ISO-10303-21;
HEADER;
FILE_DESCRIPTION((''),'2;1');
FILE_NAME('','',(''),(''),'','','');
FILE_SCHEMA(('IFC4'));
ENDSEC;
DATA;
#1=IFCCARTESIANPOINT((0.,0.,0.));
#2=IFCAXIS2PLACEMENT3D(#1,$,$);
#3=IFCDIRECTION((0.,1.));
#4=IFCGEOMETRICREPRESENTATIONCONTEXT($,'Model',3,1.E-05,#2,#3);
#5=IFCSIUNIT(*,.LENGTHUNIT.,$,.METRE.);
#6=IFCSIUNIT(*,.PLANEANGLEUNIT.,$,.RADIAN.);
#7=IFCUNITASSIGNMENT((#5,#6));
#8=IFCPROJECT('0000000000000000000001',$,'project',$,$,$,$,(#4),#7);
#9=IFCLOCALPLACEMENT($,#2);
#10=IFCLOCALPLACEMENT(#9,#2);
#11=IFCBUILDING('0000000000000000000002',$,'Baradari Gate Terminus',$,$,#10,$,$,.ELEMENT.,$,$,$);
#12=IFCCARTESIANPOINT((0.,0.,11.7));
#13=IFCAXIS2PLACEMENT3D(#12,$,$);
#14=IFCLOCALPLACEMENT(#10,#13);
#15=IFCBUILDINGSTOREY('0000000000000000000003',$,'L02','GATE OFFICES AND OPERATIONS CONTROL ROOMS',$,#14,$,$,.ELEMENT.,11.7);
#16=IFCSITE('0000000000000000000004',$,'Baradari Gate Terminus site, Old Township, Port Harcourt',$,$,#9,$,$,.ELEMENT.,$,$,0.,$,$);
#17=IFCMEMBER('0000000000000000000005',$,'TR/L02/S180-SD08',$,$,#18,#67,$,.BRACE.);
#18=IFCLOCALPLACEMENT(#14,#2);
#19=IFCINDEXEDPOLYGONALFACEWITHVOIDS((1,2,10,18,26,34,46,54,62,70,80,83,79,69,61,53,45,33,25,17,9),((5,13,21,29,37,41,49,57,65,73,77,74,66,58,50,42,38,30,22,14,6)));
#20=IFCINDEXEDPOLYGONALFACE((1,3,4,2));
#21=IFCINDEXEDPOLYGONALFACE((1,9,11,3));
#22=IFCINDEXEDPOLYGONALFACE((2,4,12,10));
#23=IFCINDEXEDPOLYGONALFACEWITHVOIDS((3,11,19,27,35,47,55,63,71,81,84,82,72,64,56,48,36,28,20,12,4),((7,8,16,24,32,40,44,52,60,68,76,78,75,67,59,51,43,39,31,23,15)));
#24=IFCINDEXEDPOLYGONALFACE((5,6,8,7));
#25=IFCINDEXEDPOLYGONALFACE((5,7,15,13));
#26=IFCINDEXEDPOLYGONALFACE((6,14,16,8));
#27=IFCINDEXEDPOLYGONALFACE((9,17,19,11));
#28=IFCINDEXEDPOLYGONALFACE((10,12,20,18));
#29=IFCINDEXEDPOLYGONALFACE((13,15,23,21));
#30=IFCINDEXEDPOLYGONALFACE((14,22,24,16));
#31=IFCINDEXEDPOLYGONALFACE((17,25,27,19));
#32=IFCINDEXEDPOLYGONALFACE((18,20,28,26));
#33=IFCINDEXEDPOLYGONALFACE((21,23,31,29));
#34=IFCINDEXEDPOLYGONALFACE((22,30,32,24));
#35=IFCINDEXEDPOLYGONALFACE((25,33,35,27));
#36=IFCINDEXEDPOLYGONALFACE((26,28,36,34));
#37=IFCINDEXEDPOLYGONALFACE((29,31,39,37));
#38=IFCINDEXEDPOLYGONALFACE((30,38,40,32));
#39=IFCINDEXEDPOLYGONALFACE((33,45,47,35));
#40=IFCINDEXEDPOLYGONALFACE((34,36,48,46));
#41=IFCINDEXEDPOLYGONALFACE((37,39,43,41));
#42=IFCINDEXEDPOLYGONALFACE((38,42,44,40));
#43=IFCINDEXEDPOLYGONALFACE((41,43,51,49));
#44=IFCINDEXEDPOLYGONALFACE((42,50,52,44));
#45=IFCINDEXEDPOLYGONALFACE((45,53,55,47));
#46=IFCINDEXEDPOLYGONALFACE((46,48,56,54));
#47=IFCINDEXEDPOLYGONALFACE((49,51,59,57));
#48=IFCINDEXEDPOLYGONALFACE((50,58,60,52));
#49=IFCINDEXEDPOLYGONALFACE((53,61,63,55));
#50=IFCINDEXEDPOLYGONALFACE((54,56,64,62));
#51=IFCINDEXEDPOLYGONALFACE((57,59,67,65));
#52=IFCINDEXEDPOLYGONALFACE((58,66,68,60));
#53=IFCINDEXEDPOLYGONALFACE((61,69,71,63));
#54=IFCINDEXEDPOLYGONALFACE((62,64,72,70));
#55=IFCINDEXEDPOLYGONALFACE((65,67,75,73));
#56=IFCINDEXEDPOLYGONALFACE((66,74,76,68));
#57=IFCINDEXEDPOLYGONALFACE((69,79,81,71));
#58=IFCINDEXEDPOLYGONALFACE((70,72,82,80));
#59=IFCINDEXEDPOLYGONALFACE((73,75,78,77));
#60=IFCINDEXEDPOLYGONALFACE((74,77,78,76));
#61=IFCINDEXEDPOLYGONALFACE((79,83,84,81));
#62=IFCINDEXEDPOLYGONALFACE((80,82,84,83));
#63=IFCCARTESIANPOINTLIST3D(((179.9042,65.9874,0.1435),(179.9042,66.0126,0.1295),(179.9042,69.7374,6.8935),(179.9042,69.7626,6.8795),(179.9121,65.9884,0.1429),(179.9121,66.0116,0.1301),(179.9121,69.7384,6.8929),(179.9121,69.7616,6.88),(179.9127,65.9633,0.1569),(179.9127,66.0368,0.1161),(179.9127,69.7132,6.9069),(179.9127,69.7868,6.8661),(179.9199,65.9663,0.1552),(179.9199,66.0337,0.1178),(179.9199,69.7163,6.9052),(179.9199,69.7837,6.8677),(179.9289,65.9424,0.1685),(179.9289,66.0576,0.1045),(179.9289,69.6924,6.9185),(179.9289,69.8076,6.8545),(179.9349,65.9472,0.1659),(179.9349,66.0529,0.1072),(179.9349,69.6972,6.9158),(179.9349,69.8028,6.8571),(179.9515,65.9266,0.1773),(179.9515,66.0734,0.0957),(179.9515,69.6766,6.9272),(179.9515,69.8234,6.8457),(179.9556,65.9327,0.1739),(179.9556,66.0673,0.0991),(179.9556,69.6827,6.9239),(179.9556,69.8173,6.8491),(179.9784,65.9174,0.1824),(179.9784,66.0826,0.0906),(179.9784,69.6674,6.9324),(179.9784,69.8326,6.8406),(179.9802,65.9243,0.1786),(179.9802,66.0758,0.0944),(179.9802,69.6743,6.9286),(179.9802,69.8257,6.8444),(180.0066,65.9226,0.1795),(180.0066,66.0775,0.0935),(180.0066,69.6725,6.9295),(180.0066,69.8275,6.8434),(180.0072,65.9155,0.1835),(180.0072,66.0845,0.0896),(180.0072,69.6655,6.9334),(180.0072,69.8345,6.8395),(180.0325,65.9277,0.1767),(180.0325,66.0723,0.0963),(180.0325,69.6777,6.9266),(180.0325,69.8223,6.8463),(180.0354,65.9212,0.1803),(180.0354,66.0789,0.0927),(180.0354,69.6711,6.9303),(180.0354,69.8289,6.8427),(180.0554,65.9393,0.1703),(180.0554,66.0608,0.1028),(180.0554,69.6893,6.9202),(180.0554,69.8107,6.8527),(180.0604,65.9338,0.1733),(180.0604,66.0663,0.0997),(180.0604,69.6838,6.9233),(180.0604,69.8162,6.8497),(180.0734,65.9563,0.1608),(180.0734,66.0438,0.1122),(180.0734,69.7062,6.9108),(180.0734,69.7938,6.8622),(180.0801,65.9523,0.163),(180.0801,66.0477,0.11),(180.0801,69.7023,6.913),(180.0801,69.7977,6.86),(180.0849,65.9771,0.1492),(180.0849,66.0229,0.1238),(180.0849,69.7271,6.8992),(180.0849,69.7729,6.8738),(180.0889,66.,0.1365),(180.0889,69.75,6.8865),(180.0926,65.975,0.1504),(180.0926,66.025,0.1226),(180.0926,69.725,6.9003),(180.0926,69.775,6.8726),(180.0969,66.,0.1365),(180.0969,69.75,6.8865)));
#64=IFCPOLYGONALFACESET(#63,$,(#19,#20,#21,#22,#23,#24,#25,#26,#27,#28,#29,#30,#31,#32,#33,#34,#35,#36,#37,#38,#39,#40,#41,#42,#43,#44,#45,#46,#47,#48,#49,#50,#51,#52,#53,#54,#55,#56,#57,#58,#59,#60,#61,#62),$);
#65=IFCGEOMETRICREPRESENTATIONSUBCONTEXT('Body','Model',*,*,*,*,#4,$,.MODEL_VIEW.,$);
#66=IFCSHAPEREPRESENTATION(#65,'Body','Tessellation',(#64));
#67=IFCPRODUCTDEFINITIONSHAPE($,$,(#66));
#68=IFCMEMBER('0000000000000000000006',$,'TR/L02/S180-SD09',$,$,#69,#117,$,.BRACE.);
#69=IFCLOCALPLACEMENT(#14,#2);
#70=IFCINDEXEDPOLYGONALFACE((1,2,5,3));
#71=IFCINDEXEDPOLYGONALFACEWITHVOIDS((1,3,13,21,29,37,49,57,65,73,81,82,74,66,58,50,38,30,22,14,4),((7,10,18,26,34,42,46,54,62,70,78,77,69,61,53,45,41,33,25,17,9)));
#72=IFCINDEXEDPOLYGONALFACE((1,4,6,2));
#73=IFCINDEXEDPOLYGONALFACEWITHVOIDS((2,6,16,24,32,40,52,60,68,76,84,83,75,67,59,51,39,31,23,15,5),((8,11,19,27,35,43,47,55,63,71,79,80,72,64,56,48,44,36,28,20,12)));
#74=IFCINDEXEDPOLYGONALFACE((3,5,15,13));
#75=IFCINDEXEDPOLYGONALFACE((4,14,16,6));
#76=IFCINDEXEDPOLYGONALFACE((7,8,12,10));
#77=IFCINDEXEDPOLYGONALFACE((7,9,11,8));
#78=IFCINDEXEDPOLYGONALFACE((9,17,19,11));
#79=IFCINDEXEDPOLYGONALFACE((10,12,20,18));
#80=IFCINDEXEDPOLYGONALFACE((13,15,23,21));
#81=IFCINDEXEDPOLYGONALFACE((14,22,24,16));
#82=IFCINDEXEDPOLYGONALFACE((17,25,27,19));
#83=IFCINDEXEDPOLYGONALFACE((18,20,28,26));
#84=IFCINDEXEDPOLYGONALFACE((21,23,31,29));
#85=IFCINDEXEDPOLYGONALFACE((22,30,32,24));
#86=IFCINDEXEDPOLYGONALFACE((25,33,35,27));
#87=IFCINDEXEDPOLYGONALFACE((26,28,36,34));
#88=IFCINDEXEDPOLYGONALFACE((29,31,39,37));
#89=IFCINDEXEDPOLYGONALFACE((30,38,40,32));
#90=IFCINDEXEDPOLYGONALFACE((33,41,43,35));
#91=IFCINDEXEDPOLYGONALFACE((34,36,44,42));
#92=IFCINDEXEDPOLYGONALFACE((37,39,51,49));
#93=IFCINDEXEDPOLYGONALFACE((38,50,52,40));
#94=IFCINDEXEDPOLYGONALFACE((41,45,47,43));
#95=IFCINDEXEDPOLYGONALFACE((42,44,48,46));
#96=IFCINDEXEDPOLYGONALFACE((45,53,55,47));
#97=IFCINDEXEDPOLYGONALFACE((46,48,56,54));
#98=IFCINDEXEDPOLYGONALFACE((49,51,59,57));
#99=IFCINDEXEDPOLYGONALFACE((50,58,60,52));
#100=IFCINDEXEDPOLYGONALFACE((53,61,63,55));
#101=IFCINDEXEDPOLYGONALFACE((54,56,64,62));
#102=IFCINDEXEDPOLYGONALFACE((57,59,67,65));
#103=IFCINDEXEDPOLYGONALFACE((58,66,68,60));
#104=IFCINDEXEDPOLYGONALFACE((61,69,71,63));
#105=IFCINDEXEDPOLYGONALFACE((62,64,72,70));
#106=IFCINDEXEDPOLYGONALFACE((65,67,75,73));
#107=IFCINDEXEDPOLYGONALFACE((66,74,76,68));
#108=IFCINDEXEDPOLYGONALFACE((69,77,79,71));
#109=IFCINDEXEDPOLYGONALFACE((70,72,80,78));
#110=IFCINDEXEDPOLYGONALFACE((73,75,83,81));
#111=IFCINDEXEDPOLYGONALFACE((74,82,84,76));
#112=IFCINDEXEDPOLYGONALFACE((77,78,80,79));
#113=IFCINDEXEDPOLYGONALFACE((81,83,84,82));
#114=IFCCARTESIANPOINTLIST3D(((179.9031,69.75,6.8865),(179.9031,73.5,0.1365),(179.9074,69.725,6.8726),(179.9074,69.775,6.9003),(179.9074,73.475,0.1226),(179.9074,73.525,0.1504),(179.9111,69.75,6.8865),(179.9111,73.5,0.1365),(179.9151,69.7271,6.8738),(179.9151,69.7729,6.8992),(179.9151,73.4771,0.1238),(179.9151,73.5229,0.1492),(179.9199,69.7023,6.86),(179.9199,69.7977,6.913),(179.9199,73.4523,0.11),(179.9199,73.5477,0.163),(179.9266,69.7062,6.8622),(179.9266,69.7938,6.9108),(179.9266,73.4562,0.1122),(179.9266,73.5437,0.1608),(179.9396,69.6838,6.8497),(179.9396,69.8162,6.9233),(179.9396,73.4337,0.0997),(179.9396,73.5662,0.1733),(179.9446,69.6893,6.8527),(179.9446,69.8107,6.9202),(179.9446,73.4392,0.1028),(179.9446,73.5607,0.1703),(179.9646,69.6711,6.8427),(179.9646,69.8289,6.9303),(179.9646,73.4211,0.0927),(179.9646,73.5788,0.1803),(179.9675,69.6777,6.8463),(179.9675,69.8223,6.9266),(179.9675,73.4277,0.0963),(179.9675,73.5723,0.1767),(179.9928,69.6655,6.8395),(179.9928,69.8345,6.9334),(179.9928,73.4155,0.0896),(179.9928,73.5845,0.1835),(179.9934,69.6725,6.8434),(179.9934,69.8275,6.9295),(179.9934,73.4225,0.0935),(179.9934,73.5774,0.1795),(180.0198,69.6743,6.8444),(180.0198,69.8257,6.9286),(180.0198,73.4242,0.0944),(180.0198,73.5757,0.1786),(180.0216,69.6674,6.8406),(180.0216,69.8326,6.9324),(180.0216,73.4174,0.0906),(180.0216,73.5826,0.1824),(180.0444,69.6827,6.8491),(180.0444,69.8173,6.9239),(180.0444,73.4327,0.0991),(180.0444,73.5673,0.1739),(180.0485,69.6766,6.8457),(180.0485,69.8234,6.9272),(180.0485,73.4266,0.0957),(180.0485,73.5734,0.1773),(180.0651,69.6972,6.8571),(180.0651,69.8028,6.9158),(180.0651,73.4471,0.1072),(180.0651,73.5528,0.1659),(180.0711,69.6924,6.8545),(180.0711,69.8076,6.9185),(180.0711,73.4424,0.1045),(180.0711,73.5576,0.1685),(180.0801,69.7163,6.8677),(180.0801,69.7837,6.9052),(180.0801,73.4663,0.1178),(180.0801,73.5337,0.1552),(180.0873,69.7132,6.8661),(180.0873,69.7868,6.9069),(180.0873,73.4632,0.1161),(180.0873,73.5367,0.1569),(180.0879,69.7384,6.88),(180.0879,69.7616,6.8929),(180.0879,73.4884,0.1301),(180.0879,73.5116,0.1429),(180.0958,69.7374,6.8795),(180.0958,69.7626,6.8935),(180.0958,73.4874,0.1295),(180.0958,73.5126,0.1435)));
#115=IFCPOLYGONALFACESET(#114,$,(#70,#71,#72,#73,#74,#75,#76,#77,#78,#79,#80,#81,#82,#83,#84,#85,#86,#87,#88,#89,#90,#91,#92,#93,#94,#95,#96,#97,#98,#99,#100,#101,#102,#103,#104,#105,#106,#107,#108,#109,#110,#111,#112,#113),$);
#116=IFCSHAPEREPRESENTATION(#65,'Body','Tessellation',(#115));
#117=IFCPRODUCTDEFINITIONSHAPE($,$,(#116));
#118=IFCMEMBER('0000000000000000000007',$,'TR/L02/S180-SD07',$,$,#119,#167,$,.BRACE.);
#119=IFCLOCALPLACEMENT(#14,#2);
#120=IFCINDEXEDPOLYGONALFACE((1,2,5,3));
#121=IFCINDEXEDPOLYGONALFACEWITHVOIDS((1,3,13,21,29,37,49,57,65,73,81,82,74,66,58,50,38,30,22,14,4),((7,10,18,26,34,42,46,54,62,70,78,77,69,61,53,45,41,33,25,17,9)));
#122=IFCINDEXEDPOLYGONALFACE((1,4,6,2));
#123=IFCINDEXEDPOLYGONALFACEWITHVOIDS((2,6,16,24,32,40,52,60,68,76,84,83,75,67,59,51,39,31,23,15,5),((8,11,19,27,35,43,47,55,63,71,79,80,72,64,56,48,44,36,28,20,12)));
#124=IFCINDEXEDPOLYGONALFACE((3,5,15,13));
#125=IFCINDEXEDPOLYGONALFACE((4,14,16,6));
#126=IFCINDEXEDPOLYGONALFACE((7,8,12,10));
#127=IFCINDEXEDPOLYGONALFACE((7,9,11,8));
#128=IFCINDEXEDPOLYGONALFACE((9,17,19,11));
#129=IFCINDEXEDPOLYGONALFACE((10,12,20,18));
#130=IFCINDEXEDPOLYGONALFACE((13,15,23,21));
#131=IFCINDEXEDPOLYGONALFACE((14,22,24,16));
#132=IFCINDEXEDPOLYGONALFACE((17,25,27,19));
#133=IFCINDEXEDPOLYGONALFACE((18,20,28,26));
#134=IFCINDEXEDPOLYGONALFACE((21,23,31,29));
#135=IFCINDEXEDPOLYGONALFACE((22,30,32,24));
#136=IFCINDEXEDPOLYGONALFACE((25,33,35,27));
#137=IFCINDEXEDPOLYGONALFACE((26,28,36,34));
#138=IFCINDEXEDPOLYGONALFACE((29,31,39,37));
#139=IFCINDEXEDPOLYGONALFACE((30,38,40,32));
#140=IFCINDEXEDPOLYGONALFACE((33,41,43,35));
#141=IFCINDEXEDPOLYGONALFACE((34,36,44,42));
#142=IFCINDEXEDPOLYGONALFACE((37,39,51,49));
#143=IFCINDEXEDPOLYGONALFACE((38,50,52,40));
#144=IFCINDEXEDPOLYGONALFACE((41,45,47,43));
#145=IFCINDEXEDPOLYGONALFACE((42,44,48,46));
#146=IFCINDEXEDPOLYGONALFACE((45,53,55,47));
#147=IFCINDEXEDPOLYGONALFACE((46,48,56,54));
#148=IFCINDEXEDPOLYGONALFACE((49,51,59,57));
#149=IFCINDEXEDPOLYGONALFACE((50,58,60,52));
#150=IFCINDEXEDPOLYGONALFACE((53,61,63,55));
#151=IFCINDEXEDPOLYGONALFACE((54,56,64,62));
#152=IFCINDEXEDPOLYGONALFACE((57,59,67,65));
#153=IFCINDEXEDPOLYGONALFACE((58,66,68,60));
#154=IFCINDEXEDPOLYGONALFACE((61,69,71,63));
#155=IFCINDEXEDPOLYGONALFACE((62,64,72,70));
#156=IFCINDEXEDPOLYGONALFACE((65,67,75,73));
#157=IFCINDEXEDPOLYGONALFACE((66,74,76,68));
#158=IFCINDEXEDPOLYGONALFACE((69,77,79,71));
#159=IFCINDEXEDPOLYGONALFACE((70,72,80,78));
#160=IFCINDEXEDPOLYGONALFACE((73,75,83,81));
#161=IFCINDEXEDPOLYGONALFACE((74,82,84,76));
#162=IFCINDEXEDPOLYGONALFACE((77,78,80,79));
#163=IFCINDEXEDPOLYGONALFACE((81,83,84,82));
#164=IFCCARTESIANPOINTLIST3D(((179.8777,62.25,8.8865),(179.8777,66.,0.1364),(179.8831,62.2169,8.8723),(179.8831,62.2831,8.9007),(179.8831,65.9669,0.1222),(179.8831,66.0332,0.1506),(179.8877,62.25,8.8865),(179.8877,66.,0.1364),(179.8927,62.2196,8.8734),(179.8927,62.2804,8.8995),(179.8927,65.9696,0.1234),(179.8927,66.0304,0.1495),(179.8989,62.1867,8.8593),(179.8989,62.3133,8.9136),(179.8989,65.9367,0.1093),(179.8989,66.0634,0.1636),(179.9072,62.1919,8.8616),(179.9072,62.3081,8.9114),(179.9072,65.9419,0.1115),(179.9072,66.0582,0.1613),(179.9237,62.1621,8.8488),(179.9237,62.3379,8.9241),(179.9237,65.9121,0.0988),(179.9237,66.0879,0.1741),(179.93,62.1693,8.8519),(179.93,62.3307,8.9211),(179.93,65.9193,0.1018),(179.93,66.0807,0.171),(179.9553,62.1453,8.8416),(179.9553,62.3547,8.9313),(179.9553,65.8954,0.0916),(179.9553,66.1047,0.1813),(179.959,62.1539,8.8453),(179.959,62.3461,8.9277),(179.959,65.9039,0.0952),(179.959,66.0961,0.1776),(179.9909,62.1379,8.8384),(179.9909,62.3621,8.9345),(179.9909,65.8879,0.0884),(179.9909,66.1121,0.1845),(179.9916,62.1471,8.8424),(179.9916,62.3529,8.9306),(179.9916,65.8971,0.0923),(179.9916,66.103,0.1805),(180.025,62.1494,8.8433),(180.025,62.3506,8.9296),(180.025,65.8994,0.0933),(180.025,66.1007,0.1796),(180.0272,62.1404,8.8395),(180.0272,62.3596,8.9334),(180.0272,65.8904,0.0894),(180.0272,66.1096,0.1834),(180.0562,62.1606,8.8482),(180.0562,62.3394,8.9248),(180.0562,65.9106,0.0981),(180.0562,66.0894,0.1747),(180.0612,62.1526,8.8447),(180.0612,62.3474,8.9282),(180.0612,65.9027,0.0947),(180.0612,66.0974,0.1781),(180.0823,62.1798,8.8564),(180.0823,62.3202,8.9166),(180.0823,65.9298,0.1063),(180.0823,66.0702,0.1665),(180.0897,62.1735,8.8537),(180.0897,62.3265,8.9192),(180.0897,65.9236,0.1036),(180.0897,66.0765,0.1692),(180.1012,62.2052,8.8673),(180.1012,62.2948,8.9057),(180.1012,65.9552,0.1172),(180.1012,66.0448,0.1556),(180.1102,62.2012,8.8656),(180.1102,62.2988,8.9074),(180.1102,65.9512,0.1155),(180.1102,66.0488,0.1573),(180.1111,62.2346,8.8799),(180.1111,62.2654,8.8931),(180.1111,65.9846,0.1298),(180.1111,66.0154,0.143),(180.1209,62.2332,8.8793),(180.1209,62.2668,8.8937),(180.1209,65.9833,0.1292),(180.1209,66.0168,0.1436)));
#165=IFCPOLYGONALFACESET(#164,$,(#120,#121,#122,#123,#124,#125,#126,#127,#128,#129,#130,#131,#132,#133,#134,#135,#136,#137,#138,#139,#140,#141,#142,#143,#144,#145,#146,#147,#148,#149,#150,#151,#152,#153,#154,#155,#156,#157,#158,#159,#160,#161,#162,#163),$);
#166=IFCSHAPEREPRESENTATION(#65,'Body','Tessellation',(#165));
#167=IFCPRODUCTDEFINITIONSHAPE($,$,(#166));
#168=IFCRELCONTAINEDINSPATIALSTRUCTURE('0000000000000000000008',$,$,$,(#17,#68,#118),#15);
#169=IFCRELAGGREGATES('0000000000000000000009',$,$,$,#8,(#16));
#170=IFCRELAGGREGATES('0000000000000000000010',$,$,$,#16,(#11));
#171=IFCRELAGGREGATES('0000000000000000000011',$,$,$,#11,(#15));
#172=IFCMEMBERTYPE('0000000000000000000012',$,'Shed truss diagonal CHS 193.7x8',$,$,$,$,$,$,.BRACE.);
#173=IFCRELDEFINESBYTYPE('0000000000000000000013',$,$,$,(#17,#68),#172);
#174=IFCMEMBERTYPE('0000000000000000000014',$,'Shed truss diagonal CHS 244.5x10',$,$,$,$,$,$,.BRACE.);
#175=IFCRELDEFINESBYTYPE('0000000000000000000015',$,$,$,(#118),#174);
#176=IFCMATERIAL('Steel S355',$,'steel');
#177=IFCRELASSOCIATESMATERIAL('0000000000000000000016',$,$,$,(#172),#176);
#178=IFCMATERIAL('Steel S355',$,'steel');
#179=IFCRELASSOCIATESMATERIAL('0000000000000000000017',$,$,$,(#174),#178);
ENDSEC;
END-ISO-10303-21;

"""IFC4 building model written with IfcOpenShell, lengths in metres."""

from ifc_helpers import new_model, si_unit, direction, frame, origin, origin_2d, place, context, subcontext, project, spatial, hollow_circle, extrude, material, material_profile, profile_set, type_object, element, save


model = new_model("IFC4")

# Units and contexts
model_context = context("Model", 3, precision=1e-05, world=origin(), true_north=direction((0.0, 1.0)))
body_context = subcontext(model_context, "Body", "Model", "MODEL_VIEW")
ifc_project = project(units=[si_unit("LENGTHUNIT", "METRE"), si_unit("PLANEANGLEUNIT", "RADIAN")], contexts=[model_context])

# Site, building, storey
site_placement = place(None, origin())
site = spatial("IfcSite", under=ifc_project, at=site_placement, Name="Baradari Gate Terminus site, Old Township, Port Harcourt", CompositionType="ELEMENT", RefElevation=0.0)
building_placement = place(site_placement, origin())
building = spatial("IfcBuilding", under=site, at=building_placement, Name="Baradari Gate Terminus", CompositionType="ELEMENT")
storey_placement = place(building_placement, frame((0.0, 0.0, 11.7)))
storey = spatial("IfcBuildingStorey", under=building, at=storey_placement, Name="L02", Description="GATE OFFICES AND OPERATIONS CONTROL ROOMS", CompositionType="ELEMENT", Elevation=11.7)

# Members
ifc_material_1 = material(Name="Steel S355", Category="steel")
ifc_material_profile_1 = material_profile(ifc_material_1, hollow_circle(Radius=0.0969, WallThickness=0.0081, at=origin_2d()), Name="CHS 193.7x8")
ifc_profile_set_1 = profile_set([ifc_material_profile_1], Name="Steel S355")
member_type_1 = type_object("IfcMemberType", Name="Shed truss diagonal CHS 193.7x8", PredefinedType="BRACE", material=ifc_profile_set_1)
for number, where, z_axis, x_axis, name in (
    (1, (180.0, 69.75, 6.8865), (0.0, -0.485643, -0.874157), (1.0, 0.0, 0.0), "TR/L02/S180-SD08"),
    (2, (180.0, 69.75, 6.8865), (0.0, 0.485643, -0.874157), (-1.0, 0.0, 0.0), "TR/L02/S180-SD09"),
):
    element("IfcMember", number, at=place(storey_placement, frame(where, z_axis=z_axis, x_axis=x_axis)), inside=storey, type_object=member_type_1, Name=name, PredefinedType="BRACE", context=body_context, shape_type="SweptSolid", body=[
        extrude(hollow_circle(Radius=0.0969, WallThickness=0.0081, at=origin_2d()), origin(), (0.0, 0.0, 1.0), 7.7217),
    ])
ifc_material_2 = material(Name="Steel S355", Category="steel")
ifc_material_profile_2 = material_profile(ifc_material_2, hollow_circle(Radius=0.1223, WallThickness=0.01, at=origin_2d()), Name="CHS 244.5x10")
ifc_profile_set_2 = profile_set([ifc_material_profile_2], Name="Steel S355")
member_type_2 = type_object("IfcMemberType", Name="Shed truss diagonal CHS 244.5x10", PredefinedType="BRACE", material=ifc_profile_set_2)
member_1_placement = place(storey_placement, frame((180.0, 62.25, 8.8865), z_axis=(0.0, 0.393919, -0.919145), x_axis=(-1.0, 0.0, 0.0)))
element("IfcMember", 3, at=member_1_placement, inside=storey, type_object=member_type_2, Name="TR/L02/S180-SD07", PredefinedType="BRACE", context=body_context, shape_type="SweptSolid", body=[
    extrude(hollow_circle(Radius=0.1223, WallThickness=0.01, at=origin_2d()), origin(), (0.0, 0.0, 1.0), 9.5198),
])

save(model, "model.ifc")
